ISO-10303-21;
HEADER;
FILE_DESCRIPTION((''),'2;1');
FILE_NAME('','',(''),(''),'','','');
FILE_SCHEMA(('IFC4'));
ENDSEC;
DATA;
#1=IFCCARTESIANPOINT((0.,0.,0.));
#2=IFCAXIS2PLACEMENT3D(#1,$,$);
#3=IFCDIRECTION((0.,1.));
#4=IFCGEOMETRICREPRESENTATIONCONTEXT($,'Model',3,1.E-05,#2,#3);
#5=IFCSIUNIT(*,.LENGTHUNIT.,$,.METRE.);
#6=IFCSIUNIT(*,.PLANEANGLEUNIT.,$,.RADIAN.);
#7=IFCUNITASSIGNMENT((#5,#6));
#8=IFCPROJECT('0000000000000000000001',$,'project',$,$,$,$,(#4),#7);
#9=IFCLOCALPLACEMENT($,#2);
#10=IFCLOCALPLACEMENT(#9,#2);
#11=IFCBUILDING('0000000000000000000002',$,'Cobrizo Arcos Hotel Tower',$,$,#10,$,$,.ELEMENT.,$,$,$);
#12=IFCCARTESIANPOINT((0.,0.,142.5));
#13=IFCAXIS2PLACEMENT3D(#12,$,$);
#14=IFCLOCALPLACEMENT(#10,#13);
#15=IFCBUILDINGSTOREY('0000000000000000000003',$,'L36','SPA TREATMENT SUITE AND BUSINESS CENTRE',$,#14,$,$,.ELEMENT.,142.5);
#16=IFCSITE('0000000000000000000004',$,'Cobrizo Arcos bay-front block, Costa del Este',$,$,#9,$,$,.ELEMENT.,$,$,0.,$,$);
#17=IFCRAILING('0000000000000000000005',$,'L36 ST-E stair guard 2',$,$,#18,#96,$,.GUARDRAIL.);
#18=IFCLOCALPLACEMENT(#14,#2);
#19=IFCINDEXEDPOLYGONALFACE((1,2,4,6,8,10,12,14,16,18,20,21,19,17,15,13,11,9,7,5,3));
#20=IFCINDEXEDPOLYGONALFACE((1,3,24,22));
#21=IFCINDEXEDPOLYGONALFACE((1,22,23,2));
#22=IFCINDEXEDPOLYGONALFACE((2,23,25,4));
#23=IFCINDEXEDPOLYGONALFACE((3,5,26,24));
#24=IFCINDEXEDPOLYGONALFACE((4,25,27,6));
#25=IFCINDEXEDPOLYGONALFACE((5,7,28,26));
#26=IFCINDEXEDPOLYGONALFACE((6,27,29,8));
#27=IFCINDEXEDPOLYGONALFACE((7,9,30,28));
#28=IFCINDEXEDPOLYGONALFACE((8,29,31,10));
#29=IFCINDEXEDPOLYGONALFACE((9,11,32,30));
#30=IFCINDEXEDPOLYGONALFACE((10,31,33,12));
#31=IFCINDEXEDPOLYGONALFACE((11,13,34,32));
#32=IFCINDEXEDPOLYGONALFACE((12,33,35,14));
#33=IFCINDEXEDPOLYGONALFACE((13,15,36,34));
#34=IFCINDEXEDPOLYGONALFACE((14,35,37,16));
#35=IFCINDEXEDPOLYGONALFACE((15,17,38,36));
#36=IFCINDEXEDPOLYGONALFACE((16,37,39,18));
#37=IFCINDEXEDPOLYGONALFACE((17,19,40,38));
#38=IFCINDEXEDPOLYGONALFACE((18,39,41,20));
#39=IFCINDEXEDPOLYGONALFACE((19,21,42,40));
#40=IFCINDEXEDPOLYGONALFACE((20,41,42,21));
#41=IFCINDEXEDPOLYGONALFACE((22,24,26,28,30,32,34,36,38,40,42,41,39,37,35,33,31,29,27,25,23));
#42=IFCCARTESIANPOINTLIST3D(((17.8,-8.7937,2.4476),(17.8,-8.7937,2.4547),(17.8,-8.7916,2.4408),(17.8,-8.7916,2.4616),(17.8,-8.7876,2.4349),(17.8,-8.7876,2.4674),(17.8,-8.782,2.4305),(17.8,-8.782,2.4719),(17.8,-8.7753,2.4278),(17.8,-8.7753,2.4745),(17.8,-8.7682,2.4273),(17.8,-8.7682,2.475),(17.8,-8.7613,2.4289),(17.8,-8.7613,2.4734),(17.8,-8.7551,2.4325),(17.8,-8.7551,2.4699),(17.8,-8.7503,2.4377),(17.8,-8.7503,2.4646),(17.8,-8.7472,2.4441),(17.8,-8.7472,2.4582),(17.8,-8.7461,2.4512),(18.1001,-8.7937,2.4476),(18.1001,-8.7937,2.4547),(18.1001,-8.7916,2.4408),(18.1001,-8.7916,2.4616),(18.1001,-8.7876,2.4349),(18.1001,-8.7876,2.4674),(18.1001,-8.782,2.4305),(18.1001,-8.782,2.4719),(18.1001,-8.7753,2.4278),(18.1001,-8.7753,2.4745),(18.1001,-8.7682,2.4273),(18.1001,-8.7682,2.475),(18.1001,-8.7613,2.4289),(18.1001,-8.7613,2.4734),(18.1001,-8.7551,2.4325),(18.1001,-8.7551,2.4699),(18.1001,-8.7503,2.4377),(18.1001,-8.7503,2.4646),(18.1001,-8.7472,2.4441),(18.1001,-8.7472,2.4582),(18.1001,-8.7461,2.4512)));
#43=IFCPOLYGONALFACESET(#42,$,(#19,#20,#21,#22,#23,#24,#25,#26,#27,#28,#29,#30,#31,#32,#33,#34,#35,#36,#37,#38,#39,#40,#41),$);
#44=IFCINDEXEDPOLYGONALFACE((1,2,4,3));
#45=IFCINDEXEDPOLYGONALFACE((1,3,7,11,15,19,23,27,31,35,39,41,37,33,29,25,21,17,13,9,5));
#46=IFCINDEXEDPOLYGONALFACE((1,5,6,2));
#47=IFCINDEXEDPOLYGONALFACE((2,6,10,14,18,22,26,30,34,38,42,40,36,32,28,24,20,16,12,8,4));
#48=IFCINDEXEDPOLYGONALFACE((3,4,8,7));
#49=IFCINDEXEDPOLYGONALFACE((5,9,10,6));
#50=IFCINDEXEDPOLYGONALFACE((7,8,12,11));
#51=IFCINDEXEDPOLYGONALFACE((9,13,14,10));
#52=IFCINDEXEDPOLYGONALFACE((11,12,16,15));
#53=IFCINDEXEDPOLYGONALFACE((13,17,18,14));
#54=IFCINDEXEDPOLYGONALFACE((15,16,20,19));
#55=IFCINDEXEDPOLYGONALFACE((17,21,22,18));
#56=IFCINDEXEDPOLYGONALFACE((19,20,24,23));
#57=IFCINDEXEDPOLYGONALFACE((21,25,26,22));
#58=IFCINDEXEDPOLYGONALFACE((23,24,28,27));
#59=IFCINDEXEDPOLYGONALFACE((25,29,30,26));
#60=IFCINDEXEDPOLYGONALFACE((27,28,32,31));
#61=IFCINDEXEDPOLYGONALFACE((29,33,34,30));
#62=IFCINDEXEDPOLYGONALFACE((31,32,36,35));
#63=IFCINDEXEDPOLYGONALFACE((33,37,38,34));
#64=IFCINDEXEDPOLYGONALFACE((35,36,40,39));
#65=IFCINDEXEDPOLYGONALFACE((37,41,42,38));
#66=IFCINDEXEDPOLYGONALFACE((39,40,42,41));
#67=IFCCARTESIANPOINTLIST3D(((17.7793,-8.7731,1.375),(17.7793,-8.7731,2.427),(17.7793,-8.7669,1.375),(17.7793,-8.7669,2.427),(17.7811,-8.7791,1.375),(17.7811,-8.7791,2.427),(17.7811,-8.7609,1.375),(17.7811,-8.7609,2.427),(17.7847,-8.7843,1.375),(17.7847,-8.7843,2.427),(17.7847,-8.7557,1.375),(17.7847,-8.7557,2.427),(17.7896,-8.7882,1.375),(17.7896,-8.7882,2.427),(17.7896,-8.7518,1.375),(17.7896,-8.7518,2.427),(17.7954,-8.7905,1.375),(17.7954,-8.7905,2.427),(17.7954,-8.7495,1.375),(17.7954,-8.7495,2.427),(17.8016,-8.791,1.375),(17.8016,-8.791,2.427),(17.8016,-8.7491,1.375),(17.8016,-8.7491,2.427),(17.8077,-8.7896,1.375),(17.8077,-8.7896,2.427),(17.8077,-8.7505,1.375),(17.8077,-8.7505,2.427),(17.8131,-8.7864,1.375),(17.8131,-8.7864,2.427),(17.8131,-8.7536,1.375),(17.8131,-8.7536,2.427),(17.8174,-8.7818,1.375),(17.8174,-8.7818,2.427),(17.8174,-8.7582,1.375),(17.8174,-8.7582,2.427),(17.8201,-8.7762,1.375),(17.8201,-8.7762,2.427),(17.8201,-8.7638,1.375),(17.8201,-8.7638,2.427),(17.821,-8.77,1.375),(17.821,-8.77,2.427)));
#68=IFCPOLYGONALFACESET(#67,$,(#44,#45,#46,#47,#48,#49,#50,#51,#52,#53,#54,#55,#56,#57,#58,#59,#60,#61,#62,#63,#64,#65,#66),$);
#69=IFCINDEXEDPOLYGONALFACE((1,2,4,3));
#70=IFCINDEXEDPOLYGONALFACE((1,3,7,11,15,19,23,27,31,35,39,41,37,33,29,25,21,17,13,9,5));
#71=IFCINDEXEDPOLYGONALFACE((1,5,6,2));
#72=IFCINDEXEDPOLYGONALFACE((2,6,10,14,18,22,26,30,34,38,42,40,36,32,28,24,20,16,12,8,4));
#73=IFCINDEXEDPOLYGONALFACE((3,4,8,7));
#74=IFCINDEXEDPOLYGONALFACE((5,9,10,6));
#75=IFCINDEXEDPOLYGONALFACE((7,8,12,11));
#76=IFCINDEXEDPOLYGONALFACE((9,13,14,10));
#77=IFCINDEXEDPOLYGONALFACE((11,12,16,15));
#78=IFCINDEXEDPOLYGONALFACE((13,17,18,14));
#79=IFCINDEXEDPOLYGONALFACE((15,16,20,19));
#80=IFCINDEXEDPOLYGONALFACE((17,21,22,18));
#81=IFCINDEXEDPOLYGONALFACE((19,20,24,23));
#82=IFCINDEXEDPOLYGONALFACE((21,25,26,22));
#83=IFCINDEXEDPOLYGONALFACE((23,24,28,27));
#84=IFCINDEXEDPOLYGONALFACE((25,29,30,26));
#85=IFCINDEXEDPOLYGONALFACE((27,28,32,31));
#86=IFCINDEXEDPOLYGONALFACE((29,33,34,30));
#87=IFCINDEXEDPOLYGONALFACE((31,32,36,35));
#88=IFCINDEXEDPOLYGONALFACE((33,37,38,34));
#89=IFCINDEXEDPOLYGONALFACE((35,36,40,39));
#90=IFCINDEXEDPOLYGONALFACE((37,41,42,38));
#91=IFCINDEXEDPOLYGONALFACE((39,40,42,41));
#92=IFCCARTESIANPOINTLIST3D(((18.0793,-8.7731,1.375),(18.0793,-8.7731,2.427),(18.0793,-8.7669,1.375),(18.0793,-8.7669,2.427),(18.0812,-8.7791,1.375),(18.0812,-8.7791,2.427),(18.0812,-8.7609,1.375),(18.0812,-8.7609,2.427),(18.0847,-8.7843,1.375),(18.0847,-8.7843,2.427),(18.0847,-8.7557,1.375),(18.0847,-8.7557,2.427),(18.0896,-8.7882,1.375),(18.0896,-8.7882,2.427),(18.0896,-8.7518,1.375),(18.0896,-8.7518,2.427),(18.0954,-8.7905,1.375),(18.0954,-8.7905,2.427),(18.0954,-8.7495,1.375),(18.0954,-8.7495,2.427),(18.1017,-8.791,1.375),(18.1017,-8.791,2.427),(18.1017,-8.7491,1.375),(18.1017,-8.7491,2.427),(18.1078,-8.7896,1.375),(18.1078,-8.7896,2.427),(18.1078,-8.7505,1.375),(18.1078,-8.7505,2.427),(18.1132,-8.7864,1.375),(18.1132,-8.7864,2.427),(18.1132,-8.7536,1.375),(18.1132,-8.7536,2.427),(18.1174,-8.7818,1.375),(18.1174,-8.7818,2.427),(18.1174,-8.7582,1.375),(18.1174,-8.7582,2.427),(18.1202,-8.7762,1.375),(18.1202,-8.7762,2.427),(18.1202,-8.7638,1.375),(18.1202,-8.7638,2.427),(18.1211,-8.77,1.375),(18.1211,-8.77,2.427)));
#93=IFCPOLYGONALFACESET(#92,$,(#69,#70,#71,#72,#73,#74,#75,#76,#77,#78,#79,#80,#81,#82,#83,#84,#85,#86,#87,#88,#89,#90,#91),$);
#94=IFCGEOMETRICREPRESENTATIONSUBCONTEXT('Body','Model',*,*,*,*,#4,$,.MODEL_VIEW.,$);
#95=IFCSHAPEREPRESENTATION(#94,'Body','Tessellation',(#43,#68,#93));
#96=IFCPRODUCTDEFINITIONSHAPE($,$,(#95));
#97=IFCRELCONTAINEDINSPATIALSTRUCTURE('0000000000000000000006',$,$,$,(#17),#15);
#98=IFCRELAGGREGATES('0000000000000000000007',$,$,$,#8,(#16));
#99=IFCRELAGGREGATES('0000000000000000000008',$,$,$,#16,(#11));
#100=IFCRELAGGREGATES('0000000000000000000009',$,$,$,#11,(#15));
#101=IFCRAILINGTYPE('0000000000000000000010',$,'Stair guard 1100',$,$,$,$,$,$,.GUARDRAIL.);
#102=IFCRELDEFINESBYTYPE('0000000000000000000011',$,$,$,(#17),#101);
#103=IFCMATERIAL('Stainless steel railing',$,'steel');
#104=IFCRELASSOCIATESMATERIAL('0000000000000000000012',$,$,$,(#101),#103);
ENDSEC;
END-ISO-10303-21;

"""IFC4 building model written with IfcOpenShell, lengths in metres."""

from ifc_helpers import new_model, si_unit, direction, frame, origin, origin_2d, place, context, subcontext, project, spatial, circle, extrude, material, type_object, element, save


model = new_model("IFC4")

# Units and contexts
model_context = context("Model", 3, precision=1e-05, world=origin(), true_north=direction((0.0, 1.0)))
body_context = subcontext(model_context, "Body", "Model", "MODEL_VIEW")
ifc_project = project(units=[si_unit("LENGTHUNIT", "METRE"), si_unit("PLANEANGLEUNIT", "RADIAN")], contexts=[model_context])

# Site, building, storey
site_placement = place(None, origin())
site = spatial("IfcSite", under=ifc_project, at=site_placement, Name="Cobrizo Arcos bay-front block, Costa del Este", CompositionType="ELEMENT", RefElevation=0.0)
building_placement = place(site_placement, origin())
building = spatial("IfcBuilding", under=site, at=building_placement, Name="Cobrizo Arcos Hotel Tower", CompositionType="ELEMENT")
storey_placement = place(building_placement, frame((0.0, 0.0, 142.5)))
storey = spatial("IfcBuildingStorey", under=building, at=storey_placement, Name="L36", Description="SPA TREATMENT SUITE AND BUSINESS CENTRE", CompositionType="ELEMENT", Elevation=142.5)

# Railing
ifc_material_1 = material(Name="Stainless steel railing", Category="steel")
railing_type_1 = type_object("IfcRailingType", Name="Stair guard 1100", PredefinedType="GUARDRAIL", material=ifc_material_1)
railing_1_placement = place(storey_placement, frame((17.8, -8.77, 1.375)))
element("IfcRailing", 1, at=railing_1_placement, inside=storey, type_object=railing_type_1, Name="L36 ST-E stair guard 2", PredefinedType="GUARDRAIL", context=body_context, shape_type="SweptSolid", body=[
    extrude(circle(Radius=0.0239, at=origin_2d()), frame((0.0, 0.0, 1.0762), z_axis=(1.0, 0.0, 0.0), x_axis=(0.0, 1.0, 0.0)), (0.0, 0.0, 1.0), 0.3),
    extrude(circle(Radius=0.021, at=origin_2d()), origin(), (0.0, 0.0, 1.0), 1.052),
    extrude(circle(Radius=0.021, at=origin_2d()), frame((0.3, 0.0, 0.0)), (0.0, 0.0, 1.0), 1.052),
])

save(model, "model.ifc")
